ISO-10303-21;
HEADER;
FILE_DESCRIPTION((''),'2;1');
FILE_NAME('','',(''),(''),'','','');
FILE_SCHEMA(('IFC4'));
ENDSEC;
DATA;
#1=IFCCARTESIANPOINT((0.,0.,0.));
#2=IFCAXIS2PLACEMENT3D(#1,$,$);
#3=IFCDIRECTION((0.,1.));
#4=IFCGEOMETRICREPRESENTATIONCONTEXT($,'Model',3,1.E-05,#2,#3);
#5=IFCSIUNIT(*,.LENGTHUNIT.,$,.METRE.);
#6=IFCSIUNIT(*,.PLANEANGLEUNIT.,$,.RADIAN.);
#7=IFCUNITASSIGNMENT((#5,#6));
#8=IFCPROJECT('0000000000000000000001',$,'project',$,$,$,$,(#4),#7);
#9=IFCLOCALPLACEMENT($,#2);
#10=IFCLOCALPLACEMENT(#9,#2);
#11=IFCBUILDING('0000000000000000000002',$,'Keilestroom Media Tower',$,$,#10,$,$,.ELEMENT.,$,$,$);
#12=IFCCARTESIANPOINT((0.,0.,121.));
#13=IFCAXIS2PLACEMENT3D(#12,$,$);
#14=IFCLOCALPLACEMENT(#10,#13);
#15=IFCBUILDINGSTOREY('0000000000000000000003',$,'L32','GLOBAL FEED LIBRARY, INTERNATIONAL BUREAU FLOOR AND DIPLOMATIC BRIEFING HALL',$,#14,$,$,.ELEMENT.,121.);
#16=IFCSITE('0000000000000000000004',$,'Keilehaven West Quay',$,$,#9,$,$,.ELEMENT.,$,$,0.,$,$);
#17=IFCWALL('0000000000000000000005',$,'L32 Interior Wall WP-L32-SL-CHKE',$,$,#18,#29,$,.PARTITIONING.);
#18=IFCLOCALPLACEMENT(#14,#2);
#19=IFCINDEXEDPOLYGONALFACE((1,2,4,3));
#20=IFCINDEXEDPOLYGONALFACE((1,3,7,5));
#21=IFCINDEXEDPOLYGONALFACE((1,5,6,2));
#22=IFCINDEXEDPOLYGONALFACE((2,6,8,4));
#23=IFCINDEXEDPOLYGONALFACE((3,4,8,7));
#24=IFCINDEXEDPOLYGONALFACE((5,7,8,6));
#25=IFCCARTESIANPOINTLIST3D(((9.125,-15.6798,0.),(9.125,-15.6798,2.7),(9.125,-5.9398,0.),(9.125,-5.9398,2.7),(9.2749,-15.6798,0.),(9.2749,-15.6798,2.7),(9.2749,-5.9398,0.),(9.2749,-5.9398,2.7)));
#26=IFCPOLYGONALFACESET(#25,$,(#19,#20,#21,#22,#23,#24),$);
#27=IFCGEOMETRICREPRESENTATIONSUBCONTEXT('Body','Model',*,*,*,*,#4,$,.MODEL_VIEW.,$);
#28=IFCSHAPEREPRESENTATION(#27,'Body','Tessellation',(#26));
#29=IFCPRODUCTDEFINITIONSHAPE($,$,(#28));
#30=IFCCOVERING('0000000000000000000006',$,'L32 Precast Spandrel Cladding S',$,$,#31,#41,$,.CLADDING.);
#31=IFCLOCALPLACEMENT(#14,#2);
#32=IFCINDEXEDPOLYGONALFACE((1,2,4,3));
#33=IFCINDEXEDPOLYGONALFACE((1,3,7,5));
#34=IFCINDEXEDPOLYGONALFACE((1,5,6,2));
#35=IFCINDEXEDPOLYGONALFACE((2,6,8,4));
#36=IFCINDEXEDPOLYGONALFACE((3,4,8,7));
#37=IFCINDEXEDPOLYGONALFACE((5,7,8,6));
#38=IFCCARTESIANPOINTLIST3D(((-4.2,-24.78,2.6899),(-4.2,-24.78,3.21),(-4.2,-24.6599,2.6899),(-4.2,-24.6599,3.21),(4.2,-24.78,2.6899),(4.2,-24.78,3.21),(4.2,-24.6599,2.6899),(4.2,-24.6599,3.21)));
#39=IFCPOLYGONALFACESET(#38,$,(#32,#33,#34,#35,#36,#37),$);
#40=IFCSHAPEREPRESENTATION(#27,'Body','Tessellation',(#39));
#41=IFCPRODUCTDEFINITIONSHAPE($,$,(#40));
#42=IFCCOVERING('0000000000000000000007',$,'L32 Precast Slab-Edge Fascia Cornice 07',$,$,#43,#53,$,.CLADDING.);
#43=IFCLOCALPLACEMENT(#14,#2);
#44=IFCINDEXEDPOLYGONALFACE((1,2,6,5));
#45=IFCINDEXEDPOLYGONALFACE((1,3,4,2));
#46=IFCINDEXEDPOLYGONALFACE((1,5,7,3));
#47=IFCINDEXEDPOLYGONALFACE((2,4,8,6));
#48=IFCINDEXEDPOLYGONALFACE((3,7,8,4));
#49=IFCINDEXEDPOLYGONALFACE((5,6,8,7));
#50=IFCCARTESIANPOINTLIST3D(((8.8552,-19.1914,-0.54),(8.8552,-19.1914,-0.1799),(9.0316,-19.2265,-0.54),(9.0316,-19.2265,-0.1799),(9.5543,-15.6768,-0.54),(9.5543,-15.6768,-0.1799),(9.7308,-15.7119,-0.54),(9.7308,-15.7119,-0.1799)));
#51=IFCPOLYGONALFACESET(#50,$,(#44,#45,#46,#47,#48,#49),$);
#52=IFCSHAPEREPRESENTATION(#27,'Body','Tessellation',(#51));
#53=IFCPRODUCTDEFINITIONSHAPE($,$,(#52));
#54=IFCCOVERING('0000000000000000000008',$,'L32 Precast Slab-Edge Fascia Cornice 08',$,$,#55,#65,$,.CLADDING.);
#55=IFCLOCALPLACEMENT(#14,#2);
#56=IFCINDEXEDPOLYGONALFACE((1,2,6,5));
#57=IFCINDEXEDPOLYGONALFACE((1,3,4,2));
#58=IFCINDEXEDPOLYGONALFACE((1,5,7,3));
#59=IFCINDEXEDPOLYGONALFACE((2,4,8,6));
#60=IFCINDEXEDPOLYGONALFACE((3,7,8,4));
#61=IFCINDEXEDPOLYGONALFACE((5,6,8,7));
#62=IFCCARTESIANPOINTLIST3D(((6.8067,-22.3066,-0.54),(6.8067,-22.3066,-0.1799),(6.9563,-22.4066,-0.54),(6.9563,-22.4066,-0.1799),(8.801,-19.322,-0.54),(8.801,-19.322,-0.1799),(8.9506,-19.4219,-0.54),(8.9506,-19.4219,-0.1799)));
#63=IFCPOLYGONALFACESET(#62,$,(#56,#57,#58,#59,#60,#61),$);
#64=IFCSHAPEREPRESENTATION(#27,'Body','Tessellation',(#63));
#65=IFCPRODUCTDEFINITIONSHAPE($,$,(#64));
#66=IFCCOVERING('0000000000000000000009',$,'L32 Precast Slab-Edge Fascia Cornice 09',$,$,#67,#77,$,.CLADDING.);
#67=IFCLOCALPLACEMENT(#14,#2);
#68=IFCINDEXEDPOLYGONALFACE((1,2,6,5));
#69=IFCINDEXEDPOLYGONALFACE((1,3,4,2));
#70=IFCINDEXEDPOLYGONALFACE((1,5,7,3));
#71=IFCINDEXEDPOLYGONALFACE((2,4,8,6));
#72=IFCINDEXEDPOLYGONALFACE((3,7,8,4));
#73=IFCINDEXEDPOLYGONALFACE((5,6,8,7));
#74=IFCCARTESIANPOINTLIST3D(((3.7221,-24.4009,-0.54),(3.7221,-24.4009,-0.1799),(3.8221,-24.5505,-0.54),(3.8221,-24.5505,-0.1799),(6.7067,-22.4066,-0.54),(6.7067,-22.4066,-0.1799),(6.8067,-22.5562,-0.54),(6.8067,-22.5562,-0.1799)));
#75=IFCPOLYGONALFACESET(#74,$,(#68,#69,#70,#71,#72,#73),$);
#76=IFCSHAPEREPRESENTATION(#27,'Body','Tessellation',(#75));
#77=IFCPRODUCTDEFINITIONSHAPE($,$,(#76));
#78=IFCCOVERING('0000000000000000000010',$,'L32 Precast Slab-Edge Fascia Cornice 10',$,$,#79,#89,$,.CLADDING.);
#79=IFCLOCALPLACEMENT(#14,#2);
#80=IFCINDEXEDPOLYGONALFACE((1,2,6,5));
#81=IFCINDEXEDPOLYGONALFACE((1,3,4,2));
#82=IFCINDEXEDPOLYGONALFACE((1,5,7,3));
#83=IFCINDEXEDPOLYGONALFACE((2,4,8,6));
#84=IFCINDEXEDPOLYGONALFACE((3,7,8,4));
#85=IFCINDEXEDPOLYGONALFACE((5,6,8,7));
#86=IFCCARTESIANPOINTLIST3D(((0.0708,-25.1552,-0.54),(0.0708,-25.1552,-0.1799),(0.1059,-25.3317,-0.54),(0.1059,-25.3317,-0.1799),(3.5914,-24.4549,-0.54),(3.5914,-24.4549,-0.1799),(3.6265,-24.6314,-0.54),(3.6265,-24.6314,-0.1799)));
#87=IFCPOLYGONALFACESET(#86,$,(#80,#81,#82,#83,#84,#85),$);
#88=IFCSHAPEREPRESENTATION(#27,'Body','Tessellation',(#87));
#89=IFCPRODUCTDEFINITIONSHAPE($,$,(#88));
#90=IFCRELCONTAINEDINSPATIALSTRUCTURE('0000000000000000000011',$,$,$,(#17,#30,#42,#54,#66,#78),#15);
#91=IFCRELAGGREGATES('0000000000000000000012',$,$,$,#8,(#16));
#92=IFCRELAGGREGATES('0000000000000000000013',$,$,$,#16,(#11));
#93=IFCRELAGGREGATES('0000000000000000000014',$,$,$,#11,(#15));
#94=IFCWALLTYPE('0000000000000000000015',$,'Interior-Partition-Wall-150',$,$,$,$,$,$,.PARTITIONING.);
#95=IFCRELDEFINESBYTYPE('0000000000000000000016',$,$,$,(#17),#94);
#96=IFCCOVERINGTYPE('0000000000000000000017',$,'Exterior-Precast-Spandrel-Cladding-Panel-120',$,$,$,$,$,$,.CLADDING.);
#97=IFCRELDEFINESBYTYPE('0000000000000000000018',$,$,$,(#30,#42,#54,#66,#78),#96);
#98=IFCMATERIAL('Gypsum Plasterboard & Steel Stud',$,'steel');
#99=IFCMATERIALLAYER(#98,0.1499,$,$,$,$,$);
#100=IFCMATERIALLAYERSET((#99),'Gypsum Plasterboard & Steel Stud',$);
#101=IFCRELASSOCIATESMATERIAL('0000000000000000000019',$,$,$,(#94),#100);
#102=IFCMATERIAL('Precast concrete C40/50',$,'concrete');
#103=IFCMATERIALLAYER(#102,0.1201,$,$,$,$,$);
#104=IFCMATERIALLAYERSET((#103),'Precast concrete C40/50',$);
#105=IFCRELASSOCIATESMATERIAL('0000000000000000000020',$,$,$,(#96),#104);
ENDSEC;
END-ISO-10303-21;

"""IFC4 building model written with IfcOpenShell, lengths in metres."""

from ifc_helpers import new_model, si_unit, direction, frame, frame_2d, origin, origin_2d, place, context, subcontext, project, spatial, rectangle, extrude, source, transform, mapped, material, layer, layer_set, type_object, element, save


model = new_model("IFC4")

# Units and contexts
model_context = context("Model", 3, precision=1e-05, world=origin(), true_north=direction((0.0, 1.0)))
body_context = subcontext(model_context, "Body", "Model", "MODEL_VIEW")
ifc_project = project(units=[si_unit("LENGTHUNIT", "METRE"), si_unit("PLANEANGLEUNIT", "RADIAN")], contexts=[model_context])

# Site, building, storey
site_placement = place(None, origin())
site = spatial("IfcSite", under=ifc_project, at=site_placement, Name="Keilehaven West Quay", CompositionType="ELEMENT", RefElevation=0.0)
building_placement = place(site_placement, origin())
building = spatial("IfcBuilding", under=site, at=building_placement, Name="Keilestroom Media Tower", CompositionType="ELEMENT")
storey_placement = place(building_placement, frame((0.0, 0.0, 121.0)))
storey = spatial("IfcBuildingStorey", under=building, at=storey_placement, Name="L32", Description="GLOBAL FEED LIBRARY, INTERNATIONAL BUREAU FLOOR AND DIPLOMATIC BRIEFING HALL", CompositionType="ELEMENT", Elevation=121.0)

# Shared definitions
ifc_material_1 = material(Name="Precast concrete C40/50", Category="concrete")

# Shared definitions
ifc_material_2 = material(Name="Gypsum Plasterboard & Steel Stud", Category="steel")

# Wall
ifc_layer_1 = layer(ifc_material_2, 0.1499)
ifc_layer_set_1 = layer_set([ifc_layer_1], Name="Gypsum Plasterboard & Steel Stud")
wall_type_1 = type_object("IfcWallType", Name="Interior-Partition-Wall-150", PredefinedType="PARTITIONING", material=ifc_layer_set_1)
wall_1_placement = place(storey_placement, frame((9.2, -15.6799, 0.0), z_axis=(0.0, 0.0, 1.0), x_axis=(0.0, 1.0, 0.0)))
element("IfcWall", 1, at=wall_1_placement, inside=storey, type_object=wall_type_1, Name="L32 Interior Wall WP-L32-SL-CHKE", PredefinedType="PARTITIONING", context=body_context, shape_type="SweptSolid", body=[
    extrude(rectangle(XDim=9.74, YDim=0.1499, at=frame_2d((4.8701, 0.0))), origin(), (0.0, 0.0, 1.0), 2.7),
])

# Coverings
ifc_layer_2 = layer(ifc_material_1, 0.1201)
ifc_layer_set_2 = layer_set([ifc_layer_2], Name="Precast concrete C40/50")
covering_type = type_object("IfcCoveringType", Name="Exterior-Precast-Spandrel-Cladding-Panel-120", PredefinedType="CLADDING", material=ifc_layer_set_2)
shared_shape_1 = source(origin(), body_context, "Body", "SweptSolid", [
    extrude(rectangle(XDim=8.3999, YDim=0.1201, at=origin_2d()), origin(), (0.0, 0.0, 1.0), 0.52),
])
covering_1_placement = place(storey_placement, frame((0.0, -24.72, 2.6899), z_axis=(0.0, 0.0, 1.0), x_axis=(1.0, 0.0, 0.0)))
element("IfcCovering", 2, at=covering_1_placement, inside=storey, type_object=covering_type, Name="L32 Precast Spandrel Cladding S", PredefinedType="CLADDING", context=body_context, shape_type="MappedRepresentation", body=[
    mapped(shared_shape_1, transform((0.0, 0.0, 0.0), x_axis=(1.0, 0.0, 0.0), y_axis=(0.0, 1.0, 0.0), z_axis=(0.0, 0.0, 1.0), scale=1.0)),
])
shared_shape_2 = source(origin(), body_context, "Body", "SweptSolid", [
    extrude(rectangle(XDim=3.5835, YDim=0.1799, at=origin_2d()), origin(), (0.0, 0.0, 1.0), 0.3601),
])
covering_2_placement = place(storey_placement, frame((9.293, -17.4517, -0.54), z_axis=(0.0, 0.0, 1.0), x_axis=(-0.195099, -0.980784, 0.0)))
element("IfcCovering", 3, at=covering_2_placement, inside=storey, type_object=covering_type, Name="L32 Precast Slab-Edge Fascia Cornice 07", PredefinedType="CLADDING", context=body_context, shape_type="MappedRepresentation", body=[
    mapped(shared_shape_2, transform((0.0, 0.0, 0.0), x_axis=(1.0, 0.0, 0.0), y_axis=(0.0, 1.0, 0.0), z_axis=(0.0, 0.0, 1.0), scale=1.0)),
])
shared_shape_3 = source(origin(), body_context, "Body", "SweptSolid", [
    extrude(rectangle(XDim=3.5896, YDim=0.1799, at=origin_2d()), origin(), (0.0, 0.0, 1.0), 0.3601),
])
for number, where, z_axis, x_axis, name in (
    (4, (7.8787, -20.8643, -0.54), (0.0, 0.0, 1.0), (-0.555575, -0.831467, 0.0), "L32 Precast Slab-Edge Fascia Cornice 08"),
    (5, (5.2644, -23.4785, -0.54), (0.0, 0.0, 1.0), (-0.831467, -0.555575, 0.0), "L32 Precast Slab-Edge Fascia Cornice 09"),
    (6, (1.8486, -24.8933, -0.54), (0.0, 0.0, 1.0), (-0.980784, -0.195099, 0.0), "L32 Precast Slab-Edge Fascia Cornice 10"),
):
    element("IfcCovering", number, at=place(storey_placement, frame(where, z_axis=z_axis, x_axis=x_axis)), inside=storey, type_object=covering_type, Name=name, PredefinedType="CLADDING", context=body_context, shape_type="MappedRepresentation", body=[
        mapped(shared_shape_3, transform((0.0, 0.0, 0.0), x_axis=(1.0, 0.0, 0.0), y_axis=(0.0, 1.0, 0.0), z_axis=(0.0, 0.0, 1.0), scale=1.0)),
    ])

save(model, "model.ifc")
